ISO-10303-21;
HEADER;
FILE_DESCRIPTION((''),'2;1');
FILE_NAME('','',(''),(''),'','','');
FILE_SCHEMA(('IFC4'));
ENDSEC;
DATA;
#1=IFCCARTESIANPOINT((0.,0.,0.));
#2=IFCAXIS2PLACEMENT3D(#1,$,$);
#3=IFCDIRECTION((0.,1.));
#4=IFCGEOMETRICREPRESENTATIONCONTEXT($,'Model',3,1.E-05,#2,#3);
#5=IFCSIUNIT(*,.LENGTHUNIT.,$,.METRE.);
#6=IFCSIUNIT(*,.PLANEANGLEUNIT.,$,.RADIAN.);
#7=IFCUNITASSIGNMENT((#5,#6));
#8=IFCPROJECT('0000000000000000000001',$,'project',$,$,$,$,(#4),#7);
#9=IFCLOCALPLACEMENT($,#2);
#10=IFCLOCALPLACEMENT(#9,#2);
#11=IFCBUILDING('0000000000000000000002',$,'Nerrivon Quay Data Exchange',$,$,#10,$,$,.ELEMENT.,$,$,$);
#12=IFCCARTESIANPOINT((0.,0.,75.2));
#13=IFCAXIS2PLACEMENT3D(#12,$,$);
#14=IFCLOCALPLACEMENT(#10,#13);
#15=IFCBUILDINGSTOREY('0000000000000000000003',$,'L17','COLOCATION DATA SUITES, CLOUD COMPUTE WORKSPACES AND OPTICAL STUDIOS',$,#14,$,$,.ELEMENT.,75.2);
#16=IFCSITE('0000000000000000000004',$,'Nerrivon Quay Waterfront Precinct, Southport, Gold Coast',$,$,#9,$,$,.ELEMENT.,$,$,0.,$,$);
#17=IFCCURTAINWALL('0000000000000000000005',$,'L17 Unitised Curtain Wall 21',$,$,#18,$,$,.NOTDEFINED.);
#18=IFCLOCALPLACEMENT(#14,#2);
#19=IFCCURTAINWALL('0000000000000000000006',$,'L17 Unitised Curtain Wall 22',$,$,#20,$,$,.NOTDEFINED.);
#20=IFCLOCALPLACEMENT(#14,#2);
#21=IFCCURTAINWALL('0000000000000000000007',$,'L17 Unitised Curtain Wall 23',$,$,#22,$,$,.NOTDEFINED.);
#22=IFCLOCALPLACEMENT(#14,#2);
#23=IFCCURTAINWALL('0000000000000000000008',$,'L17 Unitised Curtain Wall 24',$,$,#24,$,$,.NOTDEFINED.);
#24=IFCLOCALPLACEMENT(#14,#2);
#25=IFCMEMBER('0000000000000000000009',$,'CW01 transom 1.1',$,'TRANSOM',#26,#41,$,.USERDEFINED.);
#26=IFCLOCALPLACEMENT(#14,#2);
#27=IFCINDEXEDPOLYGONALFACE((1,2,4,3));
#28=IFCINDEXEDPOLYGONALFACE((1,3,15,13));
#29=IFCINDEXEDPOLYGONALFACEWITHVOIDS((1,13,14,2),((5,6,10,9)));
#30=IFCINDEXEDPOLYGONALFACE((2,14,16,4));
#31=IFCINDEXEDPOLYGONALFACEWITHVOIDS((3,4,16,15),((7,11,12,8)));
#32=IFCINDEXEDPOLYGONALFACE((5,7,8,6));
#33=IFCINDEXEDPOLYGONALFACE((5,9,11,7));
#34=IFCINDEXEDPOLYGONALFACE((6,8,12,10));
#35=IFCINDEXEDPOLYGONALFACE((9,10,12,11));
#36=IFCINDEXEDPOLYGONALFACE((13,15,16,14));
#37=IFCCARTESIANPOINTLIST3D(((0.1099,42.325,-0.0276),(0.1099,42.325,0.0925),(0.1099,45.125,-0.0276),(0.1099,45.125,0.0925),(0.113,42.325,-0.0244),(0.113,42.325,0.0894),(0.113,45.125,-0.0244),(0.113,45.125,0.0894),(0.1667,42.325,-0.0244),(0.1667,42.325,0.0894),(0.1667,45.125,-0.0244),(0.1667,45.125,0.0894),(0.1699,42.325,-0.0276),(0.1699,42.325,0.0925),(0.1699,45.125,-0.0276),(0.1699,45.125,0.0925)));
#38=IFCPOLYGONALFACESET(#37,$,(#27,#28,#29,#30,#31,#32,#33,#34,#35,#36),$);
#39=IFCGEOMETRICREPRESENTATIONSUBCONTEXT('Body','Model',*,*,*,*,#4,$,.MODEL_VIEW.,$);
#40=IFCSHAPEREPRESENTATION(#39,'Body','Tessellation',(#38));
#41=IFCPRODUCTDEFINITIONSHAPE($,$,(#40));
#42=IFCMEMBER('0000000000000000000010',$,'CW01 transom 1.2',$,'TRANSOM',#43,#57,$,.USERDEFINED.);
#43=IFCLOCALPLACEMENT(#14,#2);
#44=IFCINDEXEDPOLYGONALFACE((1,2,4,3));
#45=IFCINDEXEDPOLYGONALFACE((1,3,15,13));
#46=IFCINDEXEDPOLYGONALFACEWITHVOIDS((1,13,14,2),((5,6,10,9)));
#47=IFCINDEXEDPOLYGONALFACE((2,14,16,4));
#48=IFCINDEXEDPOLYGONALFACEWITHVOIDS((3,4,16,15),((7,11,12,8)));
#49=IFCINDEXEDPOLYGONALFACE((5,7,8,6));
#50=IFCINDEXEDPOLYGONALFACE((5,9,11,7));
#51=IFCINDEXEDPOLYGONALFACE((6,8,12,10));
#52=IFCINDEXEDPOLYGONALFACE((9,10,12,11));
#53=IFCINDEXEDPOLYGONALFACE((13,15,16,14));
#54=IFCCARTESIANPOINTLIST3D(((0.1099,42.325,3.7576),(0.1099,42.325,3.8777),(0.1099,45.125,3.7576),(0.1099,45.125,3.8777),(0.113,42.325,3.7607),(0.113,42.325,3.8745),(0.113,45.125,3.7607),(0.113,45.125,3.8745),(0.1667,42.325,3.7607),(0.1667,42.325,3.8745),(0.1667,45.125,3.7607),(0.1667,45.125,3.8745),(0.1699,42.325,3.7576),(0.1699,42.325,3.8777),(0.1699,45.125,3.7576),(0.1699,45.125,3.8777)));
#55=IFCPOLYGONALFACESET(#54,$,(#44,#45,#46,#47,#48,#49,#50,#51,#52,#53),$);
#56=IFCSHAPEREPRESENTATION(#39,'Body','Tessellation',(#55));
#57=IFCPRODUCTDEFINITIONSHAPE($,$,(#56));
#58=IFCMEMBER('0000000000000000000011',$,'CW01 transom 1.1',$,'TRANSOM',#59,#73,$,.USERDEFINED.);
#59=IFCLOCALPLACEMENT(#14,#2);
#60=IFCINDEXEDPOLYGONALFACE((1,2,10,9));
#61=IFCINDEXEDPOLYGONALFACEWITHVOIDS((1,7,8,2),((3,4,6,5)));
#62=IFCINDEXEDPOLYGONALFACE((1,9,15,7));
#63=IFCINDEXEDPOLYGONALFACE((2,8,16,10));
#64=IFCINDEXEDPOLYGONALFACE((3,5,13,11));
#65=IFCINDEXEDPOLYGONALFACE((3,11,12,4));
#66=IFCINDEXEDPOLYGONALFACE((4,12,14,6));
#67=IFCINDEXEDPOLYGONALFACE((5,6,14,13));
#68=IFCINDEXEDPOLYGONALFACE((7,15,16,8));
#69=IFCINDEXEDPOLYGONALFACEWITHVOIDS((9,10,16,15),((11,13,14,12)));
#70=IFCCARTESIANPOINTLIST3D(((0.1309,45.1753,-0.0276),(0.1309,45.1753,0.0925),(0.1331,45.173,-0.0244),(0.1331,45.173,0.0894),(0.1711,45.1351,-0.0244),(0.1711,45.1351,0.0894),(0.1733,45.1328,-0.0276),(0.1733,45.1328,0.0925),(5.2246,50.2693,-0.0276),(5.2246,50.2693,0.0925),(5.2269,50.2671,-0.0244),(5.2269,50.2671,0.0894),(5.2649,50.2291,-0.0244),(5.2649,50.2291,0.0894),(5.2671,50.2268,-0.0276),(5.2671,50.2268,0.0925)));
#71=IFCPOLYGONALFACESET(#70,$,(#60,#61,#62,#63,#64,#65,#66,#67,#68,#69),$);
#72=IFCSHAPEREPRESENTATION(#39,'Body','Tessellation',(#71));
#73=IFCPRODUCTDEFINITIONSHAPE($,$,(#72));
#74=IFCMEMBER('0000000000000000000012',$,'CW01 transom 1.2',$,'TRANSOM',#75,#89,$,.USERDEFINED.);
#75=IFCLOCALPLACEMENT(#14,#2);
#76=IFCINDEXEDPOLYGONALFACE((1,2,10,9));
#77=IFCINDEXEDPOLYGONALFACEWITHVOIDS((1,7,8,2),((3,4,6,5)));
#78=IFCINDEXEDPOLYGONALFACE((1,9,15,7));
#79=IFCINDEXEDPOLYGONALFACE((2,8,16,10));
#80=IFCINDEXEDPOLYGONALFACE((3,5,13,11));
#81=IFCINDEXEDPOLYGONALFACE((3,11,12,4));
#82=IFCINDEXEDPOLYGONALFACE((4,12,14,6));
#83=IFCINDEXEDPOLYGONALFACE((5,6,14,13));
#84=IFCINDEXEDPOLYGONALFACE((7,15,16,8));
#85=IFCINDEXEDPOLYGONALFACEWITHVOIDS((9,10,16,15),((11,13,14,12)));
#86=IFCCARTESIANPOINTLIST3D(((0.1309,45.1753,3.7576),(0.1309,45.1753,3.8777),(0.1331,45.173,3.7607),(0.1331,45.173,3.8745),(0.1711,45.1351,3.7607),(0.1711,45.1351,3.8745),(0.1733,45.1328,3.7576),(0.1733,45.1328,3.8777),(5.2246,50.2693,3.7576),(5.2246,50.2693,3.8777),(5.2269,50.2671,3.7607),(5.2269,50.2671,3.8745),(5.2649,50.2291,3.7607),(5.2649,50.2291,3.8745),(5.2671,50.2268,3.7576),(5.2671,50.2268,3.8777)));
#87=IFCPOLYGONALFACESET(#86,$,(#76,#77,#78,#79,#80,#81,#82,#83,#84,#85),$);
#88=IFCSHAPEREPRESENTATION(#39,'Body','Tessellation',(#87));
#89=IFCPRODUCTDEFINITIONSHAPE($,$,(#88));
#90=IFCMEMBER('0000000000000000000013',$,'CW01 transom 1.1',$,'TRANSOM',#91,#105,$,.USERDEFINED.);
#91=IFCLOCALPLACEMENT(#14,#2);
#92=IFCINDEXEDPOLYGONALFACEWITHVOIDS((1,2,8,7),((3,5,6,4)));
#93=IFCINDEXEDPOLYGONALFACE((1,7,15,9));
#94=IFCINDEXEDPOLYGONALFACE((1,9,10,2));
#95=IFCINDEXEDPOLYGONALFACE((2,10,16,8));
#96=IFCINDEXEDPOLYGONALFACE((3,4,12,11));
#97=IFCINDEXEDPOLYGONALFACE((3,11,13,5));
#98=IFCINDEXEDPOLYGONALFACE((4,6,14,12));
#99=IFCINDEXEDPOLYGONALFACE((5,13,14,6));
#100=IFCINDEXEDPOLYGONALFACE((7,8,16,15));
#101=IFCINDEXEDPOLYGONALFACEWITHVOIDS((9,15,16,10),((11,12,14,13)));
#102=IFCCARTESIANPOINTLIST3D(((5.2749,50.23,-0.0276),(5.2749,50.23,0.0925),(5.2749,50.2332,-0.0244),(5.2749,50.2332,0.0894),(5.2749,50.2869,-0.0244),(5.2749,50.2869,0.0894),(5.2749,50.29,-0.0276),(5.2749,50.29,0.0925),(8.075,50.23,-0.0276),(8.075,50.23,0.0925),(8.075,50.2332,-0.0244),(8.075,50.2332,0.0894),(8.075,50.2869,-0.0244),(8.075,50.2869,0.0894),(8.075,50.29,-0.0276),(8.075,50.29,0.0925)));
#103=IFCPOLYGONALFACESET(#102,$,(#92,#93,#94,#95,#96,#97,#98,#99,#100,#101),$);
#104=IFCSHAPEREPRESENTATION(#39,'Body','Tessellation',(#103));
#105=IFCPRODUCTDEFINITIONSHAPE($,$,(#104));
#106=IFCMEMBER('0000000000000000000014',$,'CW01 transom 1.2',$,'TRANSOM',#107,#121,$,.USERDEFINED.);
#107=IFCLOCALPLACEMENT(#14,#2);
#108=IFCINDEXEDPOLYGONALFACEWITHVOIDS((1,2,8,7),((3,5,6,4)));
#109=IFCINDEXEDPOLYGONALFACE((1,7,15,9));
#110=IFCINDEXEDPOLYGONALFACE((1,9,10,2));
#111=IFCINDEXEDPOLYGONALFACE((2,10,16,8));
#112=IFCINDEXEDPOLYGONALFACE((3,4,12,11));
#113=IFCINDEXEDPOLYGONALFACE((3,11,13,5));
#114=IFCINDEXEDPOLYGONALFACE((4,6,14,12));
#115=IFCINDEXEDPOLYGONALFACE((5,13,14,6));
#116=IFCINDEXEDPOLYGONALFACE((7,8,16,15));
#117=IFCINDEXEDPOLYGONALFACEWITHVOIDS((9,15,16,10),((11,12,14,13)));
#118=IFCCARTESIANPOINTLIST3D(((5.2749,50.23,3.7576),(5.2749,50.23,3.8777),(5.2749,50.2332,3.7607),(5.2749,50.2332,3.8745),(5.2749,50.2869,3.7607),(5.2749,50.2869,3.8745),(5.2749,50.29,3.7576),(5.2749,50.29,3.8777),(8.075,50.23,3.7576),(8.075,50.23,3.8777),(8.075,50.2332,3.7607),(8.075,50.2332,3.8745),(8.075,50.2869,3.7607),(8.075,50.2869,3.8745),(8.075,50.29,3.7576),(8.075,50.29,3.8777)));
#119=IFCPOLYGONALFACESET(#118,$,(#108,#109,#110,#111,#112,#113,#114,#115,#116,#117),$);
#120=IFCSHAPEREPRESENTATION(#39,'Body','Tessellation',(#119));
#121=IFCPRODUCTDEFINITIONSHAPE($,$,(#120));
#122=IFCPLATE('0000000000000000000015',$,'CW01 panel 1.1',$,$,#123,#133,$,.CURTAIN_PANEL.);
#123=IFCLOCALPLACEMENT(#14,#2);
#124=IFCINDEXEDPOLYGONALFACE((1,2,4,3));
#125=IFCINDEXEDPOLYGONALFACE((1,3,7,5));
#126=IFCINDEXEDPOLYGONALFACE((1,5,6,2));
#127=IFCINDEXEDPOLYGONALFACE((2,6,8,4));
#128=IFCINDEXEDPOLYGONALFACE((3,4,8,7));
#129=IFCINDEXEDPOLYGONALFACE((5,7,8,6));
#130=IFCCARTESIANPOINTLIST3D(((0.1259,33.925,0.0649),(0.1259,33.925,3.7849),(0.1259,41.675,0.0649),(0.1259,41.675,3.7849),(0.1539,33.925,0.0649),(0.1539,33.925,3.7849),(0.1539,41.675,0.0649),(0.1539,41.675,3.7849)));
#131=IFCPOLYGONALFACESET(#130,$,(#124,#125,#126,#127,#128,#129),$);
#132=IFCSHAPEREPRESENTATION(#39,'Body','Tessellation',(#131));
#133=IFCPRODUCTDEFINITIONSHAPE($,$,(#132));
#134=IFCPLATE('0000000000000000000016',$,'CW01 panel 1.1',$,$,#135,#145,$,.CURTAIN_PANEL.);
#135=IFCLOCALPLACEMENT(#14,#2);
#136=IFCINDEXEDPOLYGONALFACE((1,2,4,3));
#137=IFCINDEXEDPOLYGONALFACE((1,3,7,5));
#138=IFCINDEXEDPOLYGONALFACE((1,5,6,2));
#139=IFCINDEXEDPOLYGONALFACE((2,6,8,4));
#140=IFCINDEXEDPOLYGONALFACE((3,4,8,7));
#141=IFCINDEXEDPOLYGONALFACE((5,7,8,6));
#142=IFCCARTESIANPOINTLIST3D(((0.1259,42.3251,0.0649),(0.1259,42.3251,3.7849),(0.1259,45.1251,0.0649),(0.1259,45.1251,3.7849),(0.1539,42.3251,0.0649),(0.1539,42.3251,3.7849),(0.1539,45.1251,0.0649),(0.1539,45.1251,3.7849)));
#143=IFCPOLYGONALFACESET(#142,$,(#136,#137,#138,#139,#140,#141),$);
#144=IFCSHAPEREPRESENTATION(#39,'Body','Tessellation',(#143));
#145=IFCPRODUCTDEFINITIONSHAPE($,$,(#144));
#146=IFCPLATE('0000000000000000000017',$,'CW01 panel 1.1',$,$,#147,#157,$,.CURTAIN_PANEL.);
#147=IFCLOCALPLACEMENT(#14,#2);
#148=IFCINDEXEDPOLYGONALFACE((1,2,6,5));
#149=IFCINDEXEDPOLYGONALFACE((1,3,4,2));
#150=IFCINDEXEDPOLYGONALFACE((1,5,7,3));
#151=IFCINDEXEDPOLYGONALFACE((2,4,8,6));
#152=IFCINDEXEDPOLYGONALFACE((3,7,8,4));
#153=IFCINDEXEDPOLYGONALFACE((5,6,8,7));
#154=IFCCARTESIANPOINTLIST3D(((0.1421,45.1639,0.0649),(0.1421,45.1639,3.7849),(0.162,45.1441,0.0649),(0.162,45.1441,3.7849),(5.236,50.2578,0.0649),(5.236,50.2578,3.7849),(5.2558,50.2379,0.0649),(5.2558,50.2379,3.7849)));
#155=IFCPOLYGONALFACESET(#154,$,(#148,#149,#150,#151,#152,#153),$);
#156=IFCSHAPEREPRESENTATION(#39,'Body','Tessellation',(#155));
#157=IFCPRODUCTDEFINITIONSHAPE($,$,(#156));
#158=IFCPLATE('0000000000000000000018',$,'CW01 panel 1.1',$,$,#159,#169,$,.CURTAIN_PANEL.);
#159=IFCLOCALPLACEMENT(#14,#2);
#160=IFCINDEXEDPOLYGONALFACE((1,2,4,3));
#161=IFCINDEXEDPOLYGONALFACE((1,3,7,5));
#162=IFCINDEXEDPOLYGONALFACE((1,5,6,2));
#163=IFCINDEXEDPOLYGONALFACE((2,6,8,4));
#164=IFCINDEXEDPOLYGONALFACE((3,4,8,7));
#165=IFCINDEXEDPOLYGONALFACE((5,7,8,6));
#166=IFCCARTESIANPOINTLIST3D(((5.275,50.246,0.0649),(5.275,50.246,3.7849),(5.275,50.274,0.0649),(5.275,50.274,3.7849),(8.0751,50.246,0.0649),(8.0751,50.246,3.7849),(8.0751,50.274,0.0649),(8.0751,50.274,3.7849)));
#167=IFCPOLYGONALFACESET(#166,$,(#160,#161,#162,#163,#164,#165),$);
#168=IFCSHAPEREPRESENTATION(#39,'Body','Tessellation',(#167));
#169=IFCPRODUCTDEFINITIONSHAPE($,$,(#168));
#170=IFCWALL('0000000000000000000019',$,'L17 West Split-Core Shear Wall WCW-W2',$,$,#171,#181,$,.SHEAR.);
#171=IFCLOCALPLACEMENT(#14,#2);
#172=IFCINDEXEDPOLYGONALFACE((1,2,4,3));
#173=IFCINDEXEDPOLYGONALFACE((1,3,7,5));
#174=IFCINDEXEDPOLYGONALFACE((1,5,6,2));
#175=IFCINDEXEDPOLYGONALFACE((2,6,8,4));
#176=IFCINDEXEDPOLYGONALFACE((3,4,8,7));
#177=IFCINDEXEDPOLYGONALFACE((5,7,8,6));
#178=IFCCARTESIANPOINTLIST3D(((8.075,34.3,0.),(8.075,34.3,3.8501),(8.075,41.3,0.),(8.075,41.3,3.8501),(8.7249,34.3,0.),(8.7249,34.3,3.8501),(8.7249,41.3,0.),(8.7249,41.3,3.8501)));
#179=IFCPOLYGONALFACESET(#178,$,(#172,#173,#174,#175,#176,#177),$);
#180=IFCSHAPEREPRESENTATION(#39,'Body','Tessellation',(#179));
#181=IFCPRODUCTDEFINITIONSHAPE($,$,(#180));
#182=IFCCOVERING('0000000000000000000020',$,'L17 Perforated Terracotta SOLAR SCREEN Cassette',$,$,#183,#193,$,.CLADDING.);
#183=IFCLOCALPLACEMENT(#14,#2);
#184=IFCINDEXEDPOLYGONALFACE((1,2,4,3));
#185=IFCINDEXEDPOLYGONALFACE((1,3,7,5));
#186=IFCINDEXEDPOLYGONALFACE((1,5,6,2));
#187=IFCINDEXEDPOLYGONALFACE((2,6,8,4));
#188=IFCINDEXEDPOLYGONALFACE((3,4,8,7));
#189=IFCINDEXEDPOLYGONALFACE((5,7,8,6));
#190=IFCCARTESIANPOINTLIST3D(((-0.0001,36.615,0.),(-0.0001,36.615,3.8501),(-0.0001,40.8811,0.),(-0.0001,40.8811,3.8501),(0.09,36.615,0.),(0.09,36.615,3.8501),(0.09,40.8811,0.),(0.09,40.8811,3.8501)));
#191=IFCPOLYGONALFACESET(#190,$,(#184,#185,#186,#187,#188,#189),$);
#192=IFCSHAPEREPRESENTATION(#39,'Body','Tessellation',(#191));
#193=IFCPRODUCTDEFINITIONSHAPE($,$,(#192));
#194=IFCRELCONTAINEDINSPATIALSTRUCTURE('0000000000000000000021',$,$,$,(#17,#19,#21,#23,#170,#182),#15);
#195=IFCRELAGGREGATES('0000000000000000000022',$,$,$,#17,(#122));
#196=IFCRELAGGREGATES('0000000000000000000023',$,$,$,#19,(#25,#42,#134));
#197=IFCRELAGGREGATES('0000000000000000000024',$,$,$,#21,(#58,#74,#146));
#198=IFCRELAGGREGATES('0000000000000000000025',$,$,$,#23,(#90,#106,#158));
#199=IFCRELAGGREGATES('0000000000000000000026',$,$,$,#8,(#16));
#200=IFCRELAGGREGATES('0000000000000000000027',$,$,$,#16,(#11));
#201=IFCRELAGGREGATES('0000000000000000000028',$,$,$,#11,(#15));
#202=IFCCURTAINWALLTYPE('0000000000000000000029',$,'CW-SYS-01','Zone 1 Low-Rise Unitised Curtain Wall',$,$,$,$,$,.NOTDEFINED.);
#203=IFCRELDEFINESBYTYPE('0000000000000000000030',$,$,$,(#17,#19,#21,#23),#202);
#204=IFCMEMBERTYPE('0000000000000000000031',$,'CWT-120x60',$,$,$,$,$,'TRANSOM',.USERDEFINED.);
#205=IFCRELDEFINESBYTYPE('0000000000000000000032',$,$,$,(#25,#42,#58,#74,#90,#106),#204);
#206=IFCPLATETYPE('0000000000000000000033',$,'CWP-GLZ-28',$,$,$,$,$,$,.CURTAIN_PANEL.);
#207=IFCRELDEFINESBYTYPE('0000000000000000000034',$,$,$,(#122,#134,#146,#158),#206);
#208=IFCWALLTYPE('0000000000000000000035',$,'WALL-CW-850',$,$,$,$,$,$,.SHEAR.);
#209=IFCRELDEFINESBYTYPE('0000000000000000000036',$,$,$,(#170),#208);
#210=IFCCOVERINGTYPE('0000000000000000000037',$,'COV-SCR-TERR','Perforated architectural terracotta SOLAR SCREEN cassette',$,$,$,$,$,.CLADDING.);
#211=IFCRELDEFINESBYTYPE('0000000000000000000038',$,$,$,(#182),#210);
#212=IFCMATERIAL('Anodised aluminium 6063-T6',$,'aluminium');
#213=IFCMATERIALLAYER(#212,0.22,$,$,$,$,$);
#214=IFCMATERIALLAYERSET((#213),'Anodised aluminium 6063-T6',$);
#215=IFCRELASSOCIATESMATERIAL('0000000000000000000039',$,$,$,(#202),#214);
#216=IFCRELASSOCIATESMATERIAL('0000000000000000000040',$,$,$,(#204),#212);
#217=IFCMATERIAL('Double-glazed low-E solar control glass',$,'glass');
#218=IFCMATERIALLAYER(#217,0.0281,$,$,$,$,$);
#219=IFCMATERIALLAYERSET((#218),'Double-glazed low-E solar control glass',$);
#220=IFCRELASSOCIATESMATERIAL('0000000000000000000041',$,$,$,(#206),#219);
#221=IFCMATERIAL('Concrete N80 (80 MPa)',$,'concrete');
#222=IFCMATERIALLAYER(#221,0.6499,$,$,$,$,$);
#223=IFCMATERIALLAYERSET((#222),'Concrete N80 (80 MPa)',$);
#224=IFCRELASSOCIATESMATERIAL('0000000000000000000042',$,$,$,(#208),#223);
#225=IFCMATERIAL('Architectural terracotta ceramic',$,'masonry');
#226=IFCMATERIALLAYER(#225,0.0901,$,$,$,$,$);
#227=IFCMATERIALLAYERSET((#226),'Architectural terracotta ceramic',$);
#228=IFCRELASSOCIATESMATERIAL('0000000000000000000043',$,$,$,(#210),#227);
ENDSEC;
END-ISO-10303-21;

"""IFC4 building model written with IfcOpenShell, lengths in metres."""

from ifc_helpers import new_model, si_unit, direction, frame, frame_2d, origin, origin_2d, place, context, subcontext, project, spatial, rectangle, hollow_rectangle, extrude, material, layer, layer_set, material_profile, profile_set, type_object, element, aggregate, save


model = new_model("IFC4")

# Units and contexts
model_context = context("Model", 3, precision=1e-05, world=origin(), true_north=direction((0.0, 1.0)))
body_context = subcontext(model_context, "Body", "Model", "MODEL_VIEW")
ifc_project = project(units=[si_unit("LENGTHUNIT", "METRE"), si_unit("PLANEANGLEUNIT", "RADIAN")], contexts=[model_context])

# Site, building, storey
site_placement = place(None, origin())
site = spatial("IfcSite", under=ifc_project, at=site_placement, Name="Nerrivon Quay Waterfront Precinct, Southport, Gold Coast", CompositionType="ELEMENT", RefElevation=0.0)
building_placement = place(site_placement, origin())
building = spatial("IfcBuilding", under=site, at=building_placement, Name="Nerrivon Quay Data Exchange", CompositionType="ELEMENT")
storey_placement = place(building_placement, frame((0.0, 0.0, 75.2)))
storey = spatial("IfcBuildingStorey", under=building, at=storey_placement, Name="L17", Description="COLOCATION DATA SUITES, CLOUD COMPUTE WORKSPACES AND OPTICAL STUDIOS", CompositionType="ELEMENT", Elevation=75.2)

# Shared definitions
ifc_material_1 = material(Name="Concrete N80 (80 MPa)", Category="concrete")

# Curtain wall
ifc_material_2 = material(Name="Anodised aluminium 6063-T6", Category="aluminium")
ifc_layer_1 = layer(ifc_material_2, 0.22)
ifc_layer_set_1 = layer_set([ifc_layer_1], Name="Anodised aluminium 6063-T6")
curtain_wall_type = type_object("IfcCurtainWallType", Name="CW-SYS-01", Description="Zone 1 Low-Rise Unitised Curtain Wall", PredefinedType="NOTDEFINED", material=ifc_layer_set_1)
curtain_wall_1_placement = place(storey_placement, origin())
curtain_wall_1 = element("IfcCurtainWall", 1, at=curtain_wall_1_placement, inside=storey, type_object=curtain_wall_type, Name="L17 Unitised Curtain Wall 21", PredefinedType="NOTDEFINED")

# Curtain walls
curtain_wall_2_placement = place(storey_placement, origin())
curtain_wall_2 = element("IfcCurtainWall", 2, at=curtain_wall_2_placement, inside=storey, type_object=curtain_wall_type, Name="L17 Unitised Curtain Wall 22", PredefinedType="NOTDEFINED")
curtain_wall_3_placement = place(storey_placement, origin())
curtain_wall_3 = element("IfcCurtainWall", 3, at=curtain_wall_3_placement, inside=storey, type_object=curtain_wall_type, Name="L17 Unitised Curtain Wall 23", PredefinedType="NOTDEFINED")
curtain_wall_4_placement = place(storey_placement, origin())
curtain_wall_4 = element("IfcCurtainWall", 4, at=curtain_wall_4_placement, inside=storey, type_object=curtain_wall_type, Name="L17 Unitised Curtain Wall 24", PredefinedType="NOTDEFINED")

# Members
ifc_material_profile_1 = material_profile(ifc_material_2, hollow_rectangle(XDim=0.0601, YDim=0.1201, WallThickness=0.0032, at=origin_2d()), Name="ALU-TRAN-120x60")
ifc_profile_set_1 = profile_set([ifc_material_profile_1], Name="Anodised aluminium 6063-T6")
member_type_1 = type_object("IfcMemberType", Name="CWT-120x60", ElementType="TRANSOM", PredefinedType="USERDEFINED", material=ifc_profile_set_1)
member_1_placement = place(storey_placement, frame((0.1399, 42.325, 0.0325), z_axis=(0.0, 1.0, 0.0), x_axis=(-1.0, 0.0, 0.0)))
member_1 = element("IfcMember", 5, at=member_1_placement, type_object=member_type_1, Name="CW01 transom 1.1", ObjectType="TRANSOM", PredefinedType="USERDEFINED", context=body_context, shape_type="SweptSolid", body=[
    extrude(hollow_rectangle(XDim=0.0601, YDim=0.1201, WallThickness=0.0032, at=origin_2d()), origin(), (0.0, 0.0, 1.0), 2.8),
])
member_2_placement = place(storey_placement, frame((0.1399, 42.325, 3.8176), z_axis=(0.0, 1.0, 0.0), x_axis=(-1.0, 0.0, 0.0)))
member_2 = element("IfcMember", 6, at=member_2_placement, type_object=member_type_1, Name="CW01 transom 1.2", ObjectType="TRANSOM", PredefinedType="USERDEFINED", context=body_context, shape_type="SweptSolid", body=[
    extrude(hollow_rectangle(XDim=0.0601, YDim=0.1201, WallThickness=0.0032, at=origin_2d()), origin(), (0.0, 0.0, 1.0), 2.8),
])
member_3_placement = place(storey_placement, frame((0.1521, 45.1541, 0.0325), z_axis=(0.70709, 0.707124, 0.0), x_axis=(-0.707124, 0.70709, 0.0)))
member_3 = element("IfcMember", 7, at=member_3_placement, type_object=member_type_1, Name="CW01 transom 1.1", ObjectType="TRANSOM", PredefinedType="USERDEFINED", context=body_context, shape_type="SweptSolid", body=[
    extrude(hollow_rectangle(XDim=0.0601, YDim=0.1201, WallThickness=0.0032, at=origin_2d()), origin(), (0.0, 0.0, 1.0), 7.2039),
])
member_4_placement = place(storey_placement, frame((0.1521, 45.1541, 3.8176), z_axis=(0.70709, 0.707124, 0.0), x_axis=(-0.707124, 0.70709, 0.0)))
member_4 = element("IfcMember", 8, at=member_4_placement, type_object=member_type_1, Name="CW01 transom 1.2", ObjectType="TRANSOM", PredefinedType="USERDEFINED", context=body_context, shape_type="SweptSolid", body=[
    extrude(hollow_rectangle(XDim=0.0601, YDim=0.1201, WallThickness=0.0032, at=origin_2d()), origin(), (0.0, 0.0, 1.0), 7.2039),
])
member_5_placement = place(storey_placement, frame((5.2749, 50.26, 0.0325), z_axis=(1.0, 0.0, 0.0), x_axis=(0.0, 1.0, 0.0)))
member_5 = element("IfcMember", 9, at=member_5_placement, type_object=member_type_1, Name="CW01 transom 1.1", ObjectType="TRANSOM", PredefinedType="USERDEFINED", context=body_context, shape_type="SweptSolid", body=[
    extrude(hollow_rectangle(XDim=0.0601, YDim=0.1201, WallThickness=0.0032, at=origin_2d()), origin(), (0.0, 0.0, 1.0), 2.8),
])
member_6_placement = place(storey_placement, frame((5.2749, 50.26, 3.8176), z_axis=(1.0, 0.0, 0.0), x_axis=(0.0, 1.0, 0.0)))
member_6 = element("IfcMember", 10, at=member_6_placement, type_object=member_type_1, Name="CW01 transom 1.2", ObjectType="TRANSOM", PredefinedType="USERDEFINED", context=body_context, shape_type="SweptSolid", body=[
    extrude(hollow_rectangle(XDim=0.0601, YDim=0.1201, WallThickness=0.0032, at=origin_2d()), origin(), (0.0, 0.0, 1.0), 2.8),
])

# Plates
ifc_material_3 = material(Name="Double-glazed low-E solar control glass", Category="glass")
ifc_layer_2 = layer(ifc_material_3, 0.0281)
ifc_layer_set_2 = layer_set([ifc_layer_2], Name="Double-glazed low-E solar control glass")
plate_type = type_object("IfcPlateType", Name="CWP-GLZ-28", PredefinedType="CURTAIN_PANEL", material=ifc_layer_set_2)
plate_1_placement = place(storey_placement, frame((0.1399, 37.8, 0.0649), z_axis=(0.0, 0.0, 1.0), x_axis=(0.0, 1.0, 0.0)))
plate_1 = element("IfcPlate", 11, at=plate_1_placement, type_object=plate_type, Name="CW01 panel 1.1", PredefinedType="CURTAIN_PANEL", context=body_context, shape_type="SweptSolid", body=[
    extrude(rectangle(XDim=7.75, YDim=0.0281, at=origin_2d()), origin(), (0.0, 0.0, 1.0), 3.72),
])
aggregate(curtain_wall_1, [plate_1])
plate_2_placement = place(storey_placement, frame((0.1399, 43.7251, 0.0649), z_axis=(0.0, 0.0, 1.0), x_axis=(0.0, 1.0, 0.0)))
plate_2 = element("IfcPlate", 12, at=plate_2_placement, type_object=plate_type, Name="CW01 panel 1.1", PredefinedType="CURTAIN_PANEL", context=body_context, shape_type="SweptSolid", body=[
    extrude(rectangle(XDim=2.8, YDim=0.0281, at=origin_2d()), origin(), (0.0, 0.0, 1.0), 3.72),
])
aggregate(curtain_wall_2, [member_1, member_2, plate_2])
plate_3_placement = place(storey_placement, frame((2.699, 47.7009, 0.0649), z_axis=(0.0, 0.0, 1.0), x_axis=(0.707107, 0.707107, 0.0)))
plate_3 = element("IfcPlate", 13, at=plate_3_placement, type_object=plate_type, Name="CW01 panel 1.1", PredefinedType="CURTAIN_PANEL", context=body_context, shape_type="SweptSolid", body=[
    extrude(rectangle(XDim=7.2039, YDim=0.0281, at=origin_2d()), origin(), (0.0, 0.0, 1.0), 3.72),
])
aggregate(curtain_wall_3, [member_3, member_4, plate_3])
plate_4_placement = place(storey_placement, frame((6.675, 50.26, 0.0649), z_axis=(0.0, 0.0, 1.0), x_axis=(1.0, 0.0, 0.0)))
plate_4 = element("IfcPlate", 14, at=plate_4_placement, type_object=plate_type, Name="CW01 panel 1.1", PredefinedType="CURTAIN_PANEL", context=body_context, shape_type="SweptSolid", body=[
    extrude(rectangle(XDim=2.8, YDim=0.0281, at=origin_2d()), origin(), (0.0, 0.0, 1.0), 3.72),
])
aggregate(curtain_wall_4, [member_5, member_6, plate_4])

# Wall
ifc_layer_3 = layer(ifc_material_1, 0.6499)
ifc_layer_set_3 = layer_set([ifc_layer_3], Name="Concrete N80 (80 MPa)")
wall_type = type_object("IfcWallType", Name="WALL-CW-850", PredefinedType="SHEAR", material=ifc_layer_set_3)
wall_placement = place(storey_placement, frame((8.3999, 34.3, 0.0), z_axis=(0.0, 0.0, 1.0), x_axis=(0.0, 1.0, 0.0)))
element("IfcWall", 15, at=wall_placement, inside=storey, type_object=wall_type, Name="L17 West Split-Core Shear Wall WCW-W2", PredefinedType="SHEAR", context=body_context, shape_type="SweptSolid", body=[
    extrude(rectangle(XDim=7.0, YDim=0.6499, at=frame_2d((3.5, 0.0))), origin(), (0.0, 0.0, 1.0), 3.8501),
])

# Covering
ifc_material_4 = material(Name="Architectural terracotta ceramic", Category="masonry")
ifc_layer_4 = layer(ifc_material_4, 0.0901)
ifc_layer_set_4 = layer_set([ifc_layer_4], Name="Architectural terracotta ceramic")
covering_type = type_object("IfcCoveringType", Name="COV-SCR-TERR", Description="Perforated architectural terracotta SOLAR SCREEN cassette", PredefinedType="CLADDING", material=ifc_layer_set_4)
covering_1_placement = place(storey_placement, frame((0.0449, 38.748, 0.0), z_axis=(0.0, 0.0, 1.0), x_axis=(0.0, 1.0, 0.0)))
element("IfcCovering", 16, at=covering_1_placement, inside=storey, type_object=covering_type, Name="L17 Perforated Terracotta SOLAR SCREEN Cassette", PredefinedType="CLADDING", context=body_context, shape_type="SweptSolid", body=[
    extrude(rectangle(XDim=4.2661, YDim=0.0901, at=origin_2d()), origin(), (0.0, 0.0, 1.0), 3.8501),
])

save(model, "model.ifc")
